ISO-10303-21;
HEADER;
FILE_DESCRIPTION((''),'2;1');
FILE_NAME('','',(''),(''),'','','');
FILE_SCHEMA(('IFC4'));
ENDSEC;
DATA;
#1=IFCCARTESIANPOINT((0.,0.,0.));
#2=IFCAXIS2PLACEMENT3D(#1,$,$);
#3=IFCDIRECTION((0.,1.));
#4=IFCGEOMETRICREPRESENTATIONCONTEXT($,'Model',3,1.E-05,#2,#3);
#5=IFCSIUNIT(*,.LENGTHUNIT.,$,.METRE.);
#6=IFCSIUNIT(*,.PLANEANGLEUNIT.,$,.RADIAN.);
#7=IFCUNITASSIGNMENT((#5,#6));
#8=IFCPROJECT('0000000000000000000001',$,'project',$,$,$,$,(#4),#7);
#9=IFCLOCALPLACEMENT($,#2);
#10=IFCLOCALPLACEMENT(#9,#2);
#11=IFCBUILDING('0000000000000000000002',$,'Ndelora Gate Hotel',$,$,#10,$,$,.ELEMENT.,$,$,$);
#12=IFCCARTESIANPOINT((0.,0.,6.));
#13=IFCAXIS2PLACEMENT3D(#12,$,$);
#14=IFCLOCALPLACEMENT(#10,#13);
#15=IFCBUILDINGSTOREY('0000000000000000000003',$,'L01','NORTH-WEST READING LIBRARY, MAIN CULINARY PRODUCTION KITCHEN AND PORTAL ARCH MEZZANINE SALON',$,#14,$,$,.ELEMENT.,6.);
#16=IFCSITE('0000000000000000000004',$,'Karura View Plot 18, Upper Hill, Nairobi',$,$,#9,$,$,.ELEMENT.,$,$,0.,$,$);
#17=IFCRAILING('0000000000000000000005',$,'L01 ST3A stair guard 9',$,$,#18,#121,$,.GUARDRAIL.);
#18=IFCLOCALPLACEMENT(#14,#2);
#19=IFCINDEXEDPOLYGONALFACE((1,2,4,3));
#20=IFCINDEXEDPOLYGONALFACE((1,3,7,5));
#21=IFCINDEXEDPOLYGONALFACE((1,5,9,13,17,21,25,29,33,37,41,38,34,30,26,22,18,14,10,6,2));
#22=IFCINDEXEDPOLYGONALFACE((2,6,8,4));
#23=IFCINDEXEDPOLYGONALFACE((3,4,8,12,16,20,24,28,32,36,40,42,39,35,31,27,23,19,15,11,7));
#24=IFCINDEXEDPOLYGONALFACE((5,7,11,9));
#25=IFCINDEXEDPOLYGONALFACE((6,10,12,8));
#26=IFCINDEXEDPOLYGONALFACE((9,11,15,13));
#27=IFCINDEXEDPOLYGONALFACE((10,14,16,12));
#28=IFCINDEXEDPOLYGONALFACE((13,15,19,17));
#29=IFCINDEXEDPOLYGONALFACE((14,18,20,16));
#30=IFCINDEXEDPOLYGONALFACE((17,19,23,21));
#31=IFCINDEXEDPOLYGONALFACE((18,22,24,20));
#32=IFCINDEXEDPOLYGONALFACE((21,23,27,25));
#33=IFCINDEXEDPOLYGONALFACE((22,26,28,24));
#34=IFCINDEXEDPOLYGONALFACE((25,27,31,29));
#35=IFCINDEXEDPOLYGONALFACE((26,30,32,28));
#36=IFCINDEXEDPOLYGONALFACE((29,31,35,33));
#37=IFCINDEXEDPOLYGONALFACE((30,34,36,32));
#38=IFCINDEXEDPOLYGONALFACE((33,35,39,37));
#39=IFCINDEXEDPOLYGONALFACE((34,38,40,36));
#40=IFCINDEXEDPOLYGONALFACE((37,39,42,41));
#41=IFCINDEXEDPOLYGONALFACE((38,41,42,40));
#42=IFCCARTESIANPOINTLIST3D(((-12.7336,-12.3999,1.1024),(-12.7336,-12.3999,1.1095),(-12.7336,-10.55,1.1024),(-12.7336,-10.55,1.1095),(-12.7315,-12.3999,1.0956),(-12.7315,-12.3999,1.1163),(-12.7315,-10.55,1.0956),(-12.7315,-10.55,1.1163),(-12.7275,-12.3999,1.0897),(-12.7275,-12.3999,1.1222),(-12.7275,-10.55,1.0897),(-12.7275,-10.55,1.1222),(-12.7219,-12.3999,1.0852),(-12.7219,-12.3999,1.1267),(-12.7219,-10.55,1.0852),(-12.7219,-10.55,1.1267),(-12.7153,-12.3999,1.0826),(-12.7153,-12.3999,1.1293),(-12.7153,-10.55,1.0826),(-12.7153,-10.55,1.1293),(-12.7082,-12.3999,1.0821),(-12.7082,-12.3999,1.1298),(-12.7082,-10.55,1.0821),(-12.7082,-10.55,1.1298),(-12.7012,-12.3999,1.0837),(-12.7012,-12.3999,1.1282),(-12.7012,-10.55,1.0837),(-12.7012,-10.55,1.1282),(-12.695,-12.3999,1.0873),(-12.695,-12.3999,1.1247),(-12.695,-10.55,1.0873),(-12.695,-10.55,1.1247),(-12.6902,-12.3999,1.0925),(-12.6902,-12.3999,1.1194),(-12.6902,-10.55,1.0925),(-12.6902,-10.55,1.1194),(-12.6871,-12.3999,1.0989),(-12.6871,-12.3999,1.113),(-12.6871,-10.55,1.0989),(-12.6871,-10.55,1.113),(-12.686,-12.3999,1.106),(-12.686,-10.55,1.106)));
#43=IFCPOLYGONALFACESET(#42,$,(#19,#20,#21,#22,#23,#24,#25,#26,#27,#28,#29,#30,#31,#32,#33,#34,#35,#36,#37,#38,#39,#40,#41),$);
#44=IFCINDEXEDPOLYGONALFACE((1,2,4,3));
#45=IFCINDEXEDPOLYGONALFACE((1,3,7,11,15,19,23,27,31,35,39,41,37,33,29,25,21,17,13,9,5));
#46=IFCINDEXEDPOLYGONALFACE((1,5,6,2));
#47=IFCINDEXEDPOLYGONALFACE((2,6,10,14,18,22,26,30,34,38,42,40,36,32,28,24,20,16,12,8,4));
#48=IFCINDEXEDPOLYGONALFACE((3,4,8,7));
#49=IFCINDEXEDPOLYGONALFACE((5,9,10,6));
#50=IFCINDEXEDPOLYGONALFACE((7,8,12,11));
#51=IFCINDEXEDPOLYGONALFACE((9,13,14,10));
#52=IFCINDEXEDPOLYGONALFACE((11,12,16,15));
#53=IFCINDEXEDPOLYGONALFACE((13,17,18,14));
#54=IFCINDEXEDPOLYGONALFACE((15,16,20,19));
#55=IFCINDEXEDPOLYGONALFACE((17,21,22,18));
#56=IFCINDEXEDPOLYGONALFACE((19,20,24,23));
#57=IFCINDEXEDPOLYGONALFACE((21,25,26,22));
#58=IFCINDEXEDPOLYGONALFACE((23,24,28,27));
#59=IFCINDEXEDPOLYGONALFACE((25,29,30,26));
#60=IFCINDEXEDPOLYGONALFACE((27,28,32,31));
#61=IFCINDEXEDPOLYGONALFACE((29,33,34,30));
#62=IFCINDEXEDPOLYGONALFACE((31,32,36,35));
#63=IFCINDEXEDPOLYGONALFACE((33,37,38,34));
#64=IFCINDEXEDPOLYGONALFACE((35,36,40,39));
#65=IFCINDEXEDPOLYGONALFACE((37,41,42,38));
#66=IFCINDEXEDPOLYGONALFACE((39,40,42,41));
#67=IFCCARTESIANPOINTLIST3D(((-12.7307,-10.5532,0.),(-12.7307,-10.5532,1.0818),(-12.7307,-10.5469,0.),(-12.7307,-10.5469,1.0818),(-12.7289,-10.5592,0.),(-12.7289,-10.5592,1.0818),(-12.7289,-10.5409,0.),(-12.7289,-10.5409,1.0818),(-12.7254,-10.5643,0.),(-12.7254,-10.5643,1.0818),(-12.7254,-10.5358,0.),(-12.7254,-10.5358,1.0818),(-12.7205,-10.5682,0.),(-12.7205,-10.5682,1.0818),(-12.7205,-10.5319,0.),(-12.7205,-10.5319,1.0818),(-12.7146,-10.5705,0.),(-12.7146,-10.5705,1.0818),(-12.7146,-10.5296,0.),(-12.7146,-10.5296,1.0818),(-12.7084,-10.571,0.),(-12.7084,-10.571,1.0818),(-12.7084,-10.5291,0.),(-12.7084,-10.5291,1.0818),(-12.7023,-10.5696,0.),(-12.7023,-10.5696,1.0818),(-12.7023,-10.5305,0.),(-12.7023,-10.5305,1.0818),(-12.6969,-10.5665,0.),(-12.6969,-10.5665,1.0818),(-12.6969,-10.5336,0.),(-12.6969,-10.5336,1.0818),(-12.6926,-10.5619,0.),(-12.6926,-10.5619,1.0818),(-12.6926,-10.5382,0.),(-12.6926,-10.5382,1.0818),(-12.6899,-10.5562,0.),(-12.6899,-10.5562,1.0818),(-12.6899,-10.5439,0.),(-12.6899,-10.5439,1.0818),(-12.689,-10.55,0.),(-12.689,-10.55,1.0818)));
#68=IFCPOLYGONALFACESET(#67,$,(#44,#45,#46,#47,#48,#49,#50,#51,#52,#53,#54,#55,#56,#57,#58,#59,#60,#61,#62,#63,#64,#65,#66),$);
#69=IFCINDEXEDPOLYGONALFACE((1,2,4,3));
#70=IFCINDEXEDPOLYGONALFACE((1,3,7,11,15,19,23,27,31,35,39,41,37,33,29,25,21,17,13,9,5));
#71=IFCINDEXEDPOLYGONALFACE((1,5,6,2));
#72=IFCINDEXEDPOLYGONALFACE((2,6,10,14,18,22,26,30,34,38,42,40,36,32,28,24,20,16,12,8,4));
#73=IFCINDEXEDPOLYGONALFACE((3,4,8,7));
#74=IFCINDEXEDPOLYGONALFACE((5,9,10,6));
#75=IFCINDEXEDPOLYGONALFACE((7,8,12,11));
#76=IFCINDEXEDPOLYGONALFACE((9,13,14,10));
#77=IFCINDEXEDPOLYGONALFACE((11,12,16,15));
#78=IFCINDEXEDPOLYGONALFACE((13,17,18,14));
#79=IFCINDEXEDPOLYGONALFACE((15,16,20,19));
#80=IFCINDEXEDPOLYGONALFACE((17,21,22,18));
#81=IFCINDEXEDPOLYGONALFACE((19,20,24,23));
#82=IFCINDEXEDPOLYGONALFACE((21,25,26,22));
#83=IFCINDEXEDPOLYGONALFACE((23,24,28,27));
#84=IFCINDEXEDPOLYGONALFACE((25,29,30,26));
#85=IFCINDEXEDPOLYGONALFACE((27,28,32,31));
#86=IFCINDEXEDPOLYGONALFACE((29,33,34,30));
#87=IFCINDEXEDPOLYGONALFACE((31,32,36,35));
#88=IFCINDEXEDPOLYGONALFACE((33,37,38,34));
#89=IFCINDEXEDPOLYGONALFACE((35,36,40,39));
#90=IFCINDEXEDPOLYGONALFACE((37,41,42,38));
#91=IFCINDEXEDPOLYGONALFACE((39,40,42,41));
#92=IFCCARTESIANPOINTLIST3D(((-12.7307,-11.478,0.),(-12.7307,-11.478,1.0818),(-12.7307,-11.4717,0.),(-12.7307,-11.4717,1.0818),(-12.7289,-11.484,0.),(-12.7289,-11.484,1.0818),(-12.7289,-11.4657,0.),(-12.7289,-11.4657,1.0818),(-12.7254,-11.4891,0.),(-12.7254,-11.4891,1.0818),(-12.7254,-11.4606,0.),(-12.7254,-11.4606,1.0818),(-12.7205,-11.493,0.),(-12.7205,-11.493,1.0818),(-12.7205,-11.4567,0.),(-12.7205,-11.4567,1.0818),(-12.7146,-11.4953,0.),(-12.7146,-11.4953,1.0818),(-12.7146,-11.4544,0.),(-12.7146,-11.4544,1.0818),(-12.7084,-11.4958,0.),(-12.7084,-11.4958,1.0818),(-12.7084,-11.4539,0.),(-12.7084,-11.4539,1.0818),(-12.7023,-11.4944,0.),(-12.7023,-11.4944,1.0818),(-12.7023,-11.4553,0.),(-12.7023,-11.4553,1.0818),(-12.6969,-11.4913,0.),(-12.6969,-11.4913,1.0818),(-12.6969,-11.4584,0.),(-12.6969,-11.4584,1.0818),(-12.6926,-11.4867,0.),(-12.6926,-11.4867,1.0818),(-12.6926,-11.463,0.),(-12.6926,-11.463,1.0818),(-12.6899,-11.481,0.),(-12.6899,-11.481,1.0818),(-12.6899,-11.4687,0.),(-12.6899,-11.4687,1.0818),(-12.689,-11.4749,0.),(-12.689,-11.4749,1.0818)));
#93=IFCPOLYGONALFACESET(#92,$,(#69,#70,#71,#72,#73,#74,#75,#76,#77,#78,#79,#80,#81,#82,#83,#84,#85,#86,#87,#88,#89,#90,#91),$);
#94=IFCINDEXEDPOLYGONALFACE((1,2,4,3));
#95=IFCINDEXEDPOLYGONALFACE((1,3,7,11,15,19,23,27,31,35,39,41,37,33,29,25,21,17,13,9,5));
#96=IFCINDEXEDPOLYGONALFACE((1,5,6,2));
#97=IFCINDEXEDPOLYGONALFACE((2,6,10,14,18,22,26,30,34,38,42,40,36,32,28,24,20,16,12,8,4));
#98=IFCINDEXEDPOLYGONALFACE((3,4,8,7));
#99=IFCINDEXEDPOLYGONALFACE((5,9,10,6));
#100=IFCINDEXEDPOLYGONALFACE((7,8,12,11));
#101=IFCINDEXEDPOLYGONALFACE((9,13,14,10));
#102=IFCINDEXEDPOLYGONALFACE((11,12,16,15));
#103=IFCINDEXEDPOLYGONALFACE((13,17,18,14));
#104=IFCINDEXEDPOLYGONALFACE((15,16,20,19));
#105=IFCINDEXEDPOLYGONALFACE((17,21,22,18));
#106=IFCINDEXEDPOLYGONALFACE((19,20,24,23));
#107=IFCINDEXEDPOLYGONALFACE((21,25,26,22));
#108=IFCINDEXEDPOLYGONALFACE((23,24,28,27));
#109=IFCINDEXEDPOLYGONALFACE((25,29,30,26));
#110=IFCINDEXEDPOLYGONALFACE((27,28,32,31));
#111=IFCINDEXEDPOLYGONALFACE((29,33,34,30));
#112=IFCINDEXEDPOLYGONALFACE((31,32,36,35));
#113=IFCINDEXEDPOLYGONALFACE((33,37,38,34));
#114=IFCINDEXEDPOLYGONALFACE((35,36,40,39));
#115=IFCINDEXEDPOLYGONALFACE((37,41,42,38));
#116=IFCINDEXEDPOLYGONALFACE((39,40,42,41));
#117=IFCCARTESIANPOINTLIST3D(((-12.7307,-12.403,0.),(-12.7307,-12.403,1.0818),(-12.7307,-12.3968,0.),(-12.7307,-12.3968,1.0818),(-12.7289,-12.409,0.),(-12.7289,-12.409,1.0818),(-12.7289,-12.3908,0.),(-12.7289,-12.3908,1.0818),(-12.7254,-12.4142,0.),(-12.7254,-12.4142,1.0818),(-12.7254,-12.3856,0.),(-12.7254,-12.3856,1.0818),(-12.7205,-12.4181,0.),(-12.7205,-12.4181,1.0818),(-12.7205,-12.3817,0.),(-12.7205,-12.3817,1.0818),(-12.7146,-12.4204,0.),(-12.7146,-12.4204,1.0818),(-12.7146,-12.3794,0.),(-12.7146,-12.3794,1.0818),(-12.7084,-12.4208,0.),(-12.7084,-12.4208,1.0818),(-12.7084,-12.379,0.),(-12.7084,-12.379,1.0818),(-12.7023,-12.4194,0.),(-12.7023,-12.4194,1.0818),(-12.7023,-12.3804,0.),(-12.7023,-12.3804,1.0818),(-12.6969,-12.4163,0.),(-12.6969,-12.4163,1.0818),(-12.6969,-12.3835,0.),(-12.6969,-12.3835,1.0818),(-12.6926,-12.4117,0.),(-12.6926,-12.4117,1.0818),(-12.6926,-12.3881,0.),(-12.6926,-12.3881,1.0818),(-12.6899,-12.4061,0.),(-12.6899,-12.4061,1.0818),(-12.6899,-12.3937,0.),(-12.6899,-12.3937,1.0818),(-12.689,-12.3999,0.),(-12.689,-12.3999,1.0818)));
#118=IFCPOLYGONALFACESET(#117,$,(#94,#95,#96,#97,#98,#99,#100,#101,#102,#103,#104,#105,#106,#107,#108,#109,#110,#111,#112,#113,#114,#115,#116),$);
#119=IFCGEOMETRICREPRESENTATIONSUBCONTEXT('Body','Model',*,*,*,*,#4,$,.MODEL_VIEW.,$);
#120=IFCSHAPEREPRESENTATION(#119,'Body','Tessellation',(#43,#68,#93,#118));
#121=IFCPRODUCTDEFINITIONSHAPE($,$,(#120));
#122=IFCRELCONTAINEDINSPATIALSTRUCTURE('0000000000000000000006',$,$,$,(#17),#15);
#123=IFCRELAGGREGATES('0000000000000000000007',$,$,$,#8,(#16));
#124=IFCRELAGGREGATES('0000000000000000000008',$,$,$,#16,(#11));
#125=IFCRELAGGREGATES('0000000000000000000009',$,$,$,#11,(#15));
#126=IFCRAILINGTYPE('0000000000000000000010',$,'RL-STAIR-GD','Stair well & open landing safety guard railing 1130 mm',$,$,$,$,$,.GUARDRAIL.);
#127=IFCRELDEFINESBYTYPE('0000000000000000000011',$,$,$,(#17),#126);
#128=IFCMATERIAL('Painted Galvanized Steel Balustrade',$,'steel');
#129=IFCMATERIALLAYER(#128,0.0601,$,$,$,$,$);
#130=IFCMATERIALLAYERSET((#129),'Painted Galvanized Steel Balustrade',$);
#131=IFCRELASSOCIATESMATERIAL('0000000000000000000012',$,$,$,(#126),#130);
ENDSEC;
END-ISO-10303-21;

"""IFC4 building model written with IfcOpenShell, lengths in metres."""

from ifc_helpers import new_model, si_unit, direction, frame, origin, origin_2d, place, context, subcontext, project, spatial, circle, extrude, material, layer, layer_set, type_object, element, save


model = new_model("IFC4")

# Units and contexts
model_context = context("Model", 3, precision=1e-05, world=origin(), true_north=direction((0.0, 1.0)))
body_context = subcontext(model_context, "Body", "Model", "MODEL_VIEW")
ifc_project = project(units=[si_unit("LENGTHUNIT", "METRE"), si_unit("PLANEANGLEUNIT", "RADIAN")], contexts=[model_context])

# Site, building, storey
site_placement = place(None, origin())
site = spatial("IfcSite", under=ifc_project, at=site_placement, Name="Karura View Plot 18, Upper Hill, Nairobi", CompositionType="ELEMENT", RefElevation=0.0)
building_placement = place(site_placement, origin())
building = spatial("IfcBuilding", under=site, at=building_placement, Name="Ndelora Gate Hotel", CompositionType="ELEMENT")
storey_placement = place(building_placement, frame((0.0, 0.0, 6.0)))
storey = spatial("IfcBuildingStorey", under=building, at=storey_placement, Name="L01", Description="NORTH-WEST READING LIBRARY, MAIN CULINARY PRODUCTION KITCHEN AND PORTAL ARCH MEZZANINE SALON", CompositionType="ELEMENT", Elevation=6.0)

# Railing
ifc_material_1 = material(Name="Painted Galvanized Steel Balustrade", Category="steel")
ifc_layer_1 = layer(ifc_material_1, 0.0601)
ifc_layer_set_1 = layer_set([ifc_layer_1], Name="Painted Galvanized Steel Balustrade")
railing_type_1 = type_object("IfcRailingType", Name="RL-STAIR-GD", Description="Stair well & open landing safety guard railing 1130 mm", PredefinedType="GUARDRAIL", material=ifc_layer_set_1)
for number, where, name in (
    (1, (-12.71, -10.55, 0.0), "L01 ST3A stair guard 9"),
):
    element("IfcRailing", number, at=place(storey_placement, frame(where)), inside=storey, type_object=railing_type_1, Name=name, PredefinedType="GUARDRAIL", context=body_context, shape_type="SweptSolid", body=[
        extrude(circle(Radius=0.0239, at=origin_2d()), frame((0.0, 0.0, 1.106), z_axis=(0.0, -1.0, 0.0), x_axis=(1.0, 0.0, 0.0)), (0.0, 0.0, 1.0), 1.8499),
        extrude(circle(Radius=0.021, at=origin_2d()), origin(), (0.0, 0.0, 1.0), 1.0818),
        extrude(circle(Radius=0.021, at=origin_2d()), frame((0.0, -0.9248, 0.0)), (0.0, 0.0, 1.0), 1.0818),
        extrude(circle(Radius=0.021, at=origin_2d()), frame((0.0, -1.8499, 0.0)), (0.0, 0.0, 1.0), 1.0818),
    ])

save(model, "model.ifc")
